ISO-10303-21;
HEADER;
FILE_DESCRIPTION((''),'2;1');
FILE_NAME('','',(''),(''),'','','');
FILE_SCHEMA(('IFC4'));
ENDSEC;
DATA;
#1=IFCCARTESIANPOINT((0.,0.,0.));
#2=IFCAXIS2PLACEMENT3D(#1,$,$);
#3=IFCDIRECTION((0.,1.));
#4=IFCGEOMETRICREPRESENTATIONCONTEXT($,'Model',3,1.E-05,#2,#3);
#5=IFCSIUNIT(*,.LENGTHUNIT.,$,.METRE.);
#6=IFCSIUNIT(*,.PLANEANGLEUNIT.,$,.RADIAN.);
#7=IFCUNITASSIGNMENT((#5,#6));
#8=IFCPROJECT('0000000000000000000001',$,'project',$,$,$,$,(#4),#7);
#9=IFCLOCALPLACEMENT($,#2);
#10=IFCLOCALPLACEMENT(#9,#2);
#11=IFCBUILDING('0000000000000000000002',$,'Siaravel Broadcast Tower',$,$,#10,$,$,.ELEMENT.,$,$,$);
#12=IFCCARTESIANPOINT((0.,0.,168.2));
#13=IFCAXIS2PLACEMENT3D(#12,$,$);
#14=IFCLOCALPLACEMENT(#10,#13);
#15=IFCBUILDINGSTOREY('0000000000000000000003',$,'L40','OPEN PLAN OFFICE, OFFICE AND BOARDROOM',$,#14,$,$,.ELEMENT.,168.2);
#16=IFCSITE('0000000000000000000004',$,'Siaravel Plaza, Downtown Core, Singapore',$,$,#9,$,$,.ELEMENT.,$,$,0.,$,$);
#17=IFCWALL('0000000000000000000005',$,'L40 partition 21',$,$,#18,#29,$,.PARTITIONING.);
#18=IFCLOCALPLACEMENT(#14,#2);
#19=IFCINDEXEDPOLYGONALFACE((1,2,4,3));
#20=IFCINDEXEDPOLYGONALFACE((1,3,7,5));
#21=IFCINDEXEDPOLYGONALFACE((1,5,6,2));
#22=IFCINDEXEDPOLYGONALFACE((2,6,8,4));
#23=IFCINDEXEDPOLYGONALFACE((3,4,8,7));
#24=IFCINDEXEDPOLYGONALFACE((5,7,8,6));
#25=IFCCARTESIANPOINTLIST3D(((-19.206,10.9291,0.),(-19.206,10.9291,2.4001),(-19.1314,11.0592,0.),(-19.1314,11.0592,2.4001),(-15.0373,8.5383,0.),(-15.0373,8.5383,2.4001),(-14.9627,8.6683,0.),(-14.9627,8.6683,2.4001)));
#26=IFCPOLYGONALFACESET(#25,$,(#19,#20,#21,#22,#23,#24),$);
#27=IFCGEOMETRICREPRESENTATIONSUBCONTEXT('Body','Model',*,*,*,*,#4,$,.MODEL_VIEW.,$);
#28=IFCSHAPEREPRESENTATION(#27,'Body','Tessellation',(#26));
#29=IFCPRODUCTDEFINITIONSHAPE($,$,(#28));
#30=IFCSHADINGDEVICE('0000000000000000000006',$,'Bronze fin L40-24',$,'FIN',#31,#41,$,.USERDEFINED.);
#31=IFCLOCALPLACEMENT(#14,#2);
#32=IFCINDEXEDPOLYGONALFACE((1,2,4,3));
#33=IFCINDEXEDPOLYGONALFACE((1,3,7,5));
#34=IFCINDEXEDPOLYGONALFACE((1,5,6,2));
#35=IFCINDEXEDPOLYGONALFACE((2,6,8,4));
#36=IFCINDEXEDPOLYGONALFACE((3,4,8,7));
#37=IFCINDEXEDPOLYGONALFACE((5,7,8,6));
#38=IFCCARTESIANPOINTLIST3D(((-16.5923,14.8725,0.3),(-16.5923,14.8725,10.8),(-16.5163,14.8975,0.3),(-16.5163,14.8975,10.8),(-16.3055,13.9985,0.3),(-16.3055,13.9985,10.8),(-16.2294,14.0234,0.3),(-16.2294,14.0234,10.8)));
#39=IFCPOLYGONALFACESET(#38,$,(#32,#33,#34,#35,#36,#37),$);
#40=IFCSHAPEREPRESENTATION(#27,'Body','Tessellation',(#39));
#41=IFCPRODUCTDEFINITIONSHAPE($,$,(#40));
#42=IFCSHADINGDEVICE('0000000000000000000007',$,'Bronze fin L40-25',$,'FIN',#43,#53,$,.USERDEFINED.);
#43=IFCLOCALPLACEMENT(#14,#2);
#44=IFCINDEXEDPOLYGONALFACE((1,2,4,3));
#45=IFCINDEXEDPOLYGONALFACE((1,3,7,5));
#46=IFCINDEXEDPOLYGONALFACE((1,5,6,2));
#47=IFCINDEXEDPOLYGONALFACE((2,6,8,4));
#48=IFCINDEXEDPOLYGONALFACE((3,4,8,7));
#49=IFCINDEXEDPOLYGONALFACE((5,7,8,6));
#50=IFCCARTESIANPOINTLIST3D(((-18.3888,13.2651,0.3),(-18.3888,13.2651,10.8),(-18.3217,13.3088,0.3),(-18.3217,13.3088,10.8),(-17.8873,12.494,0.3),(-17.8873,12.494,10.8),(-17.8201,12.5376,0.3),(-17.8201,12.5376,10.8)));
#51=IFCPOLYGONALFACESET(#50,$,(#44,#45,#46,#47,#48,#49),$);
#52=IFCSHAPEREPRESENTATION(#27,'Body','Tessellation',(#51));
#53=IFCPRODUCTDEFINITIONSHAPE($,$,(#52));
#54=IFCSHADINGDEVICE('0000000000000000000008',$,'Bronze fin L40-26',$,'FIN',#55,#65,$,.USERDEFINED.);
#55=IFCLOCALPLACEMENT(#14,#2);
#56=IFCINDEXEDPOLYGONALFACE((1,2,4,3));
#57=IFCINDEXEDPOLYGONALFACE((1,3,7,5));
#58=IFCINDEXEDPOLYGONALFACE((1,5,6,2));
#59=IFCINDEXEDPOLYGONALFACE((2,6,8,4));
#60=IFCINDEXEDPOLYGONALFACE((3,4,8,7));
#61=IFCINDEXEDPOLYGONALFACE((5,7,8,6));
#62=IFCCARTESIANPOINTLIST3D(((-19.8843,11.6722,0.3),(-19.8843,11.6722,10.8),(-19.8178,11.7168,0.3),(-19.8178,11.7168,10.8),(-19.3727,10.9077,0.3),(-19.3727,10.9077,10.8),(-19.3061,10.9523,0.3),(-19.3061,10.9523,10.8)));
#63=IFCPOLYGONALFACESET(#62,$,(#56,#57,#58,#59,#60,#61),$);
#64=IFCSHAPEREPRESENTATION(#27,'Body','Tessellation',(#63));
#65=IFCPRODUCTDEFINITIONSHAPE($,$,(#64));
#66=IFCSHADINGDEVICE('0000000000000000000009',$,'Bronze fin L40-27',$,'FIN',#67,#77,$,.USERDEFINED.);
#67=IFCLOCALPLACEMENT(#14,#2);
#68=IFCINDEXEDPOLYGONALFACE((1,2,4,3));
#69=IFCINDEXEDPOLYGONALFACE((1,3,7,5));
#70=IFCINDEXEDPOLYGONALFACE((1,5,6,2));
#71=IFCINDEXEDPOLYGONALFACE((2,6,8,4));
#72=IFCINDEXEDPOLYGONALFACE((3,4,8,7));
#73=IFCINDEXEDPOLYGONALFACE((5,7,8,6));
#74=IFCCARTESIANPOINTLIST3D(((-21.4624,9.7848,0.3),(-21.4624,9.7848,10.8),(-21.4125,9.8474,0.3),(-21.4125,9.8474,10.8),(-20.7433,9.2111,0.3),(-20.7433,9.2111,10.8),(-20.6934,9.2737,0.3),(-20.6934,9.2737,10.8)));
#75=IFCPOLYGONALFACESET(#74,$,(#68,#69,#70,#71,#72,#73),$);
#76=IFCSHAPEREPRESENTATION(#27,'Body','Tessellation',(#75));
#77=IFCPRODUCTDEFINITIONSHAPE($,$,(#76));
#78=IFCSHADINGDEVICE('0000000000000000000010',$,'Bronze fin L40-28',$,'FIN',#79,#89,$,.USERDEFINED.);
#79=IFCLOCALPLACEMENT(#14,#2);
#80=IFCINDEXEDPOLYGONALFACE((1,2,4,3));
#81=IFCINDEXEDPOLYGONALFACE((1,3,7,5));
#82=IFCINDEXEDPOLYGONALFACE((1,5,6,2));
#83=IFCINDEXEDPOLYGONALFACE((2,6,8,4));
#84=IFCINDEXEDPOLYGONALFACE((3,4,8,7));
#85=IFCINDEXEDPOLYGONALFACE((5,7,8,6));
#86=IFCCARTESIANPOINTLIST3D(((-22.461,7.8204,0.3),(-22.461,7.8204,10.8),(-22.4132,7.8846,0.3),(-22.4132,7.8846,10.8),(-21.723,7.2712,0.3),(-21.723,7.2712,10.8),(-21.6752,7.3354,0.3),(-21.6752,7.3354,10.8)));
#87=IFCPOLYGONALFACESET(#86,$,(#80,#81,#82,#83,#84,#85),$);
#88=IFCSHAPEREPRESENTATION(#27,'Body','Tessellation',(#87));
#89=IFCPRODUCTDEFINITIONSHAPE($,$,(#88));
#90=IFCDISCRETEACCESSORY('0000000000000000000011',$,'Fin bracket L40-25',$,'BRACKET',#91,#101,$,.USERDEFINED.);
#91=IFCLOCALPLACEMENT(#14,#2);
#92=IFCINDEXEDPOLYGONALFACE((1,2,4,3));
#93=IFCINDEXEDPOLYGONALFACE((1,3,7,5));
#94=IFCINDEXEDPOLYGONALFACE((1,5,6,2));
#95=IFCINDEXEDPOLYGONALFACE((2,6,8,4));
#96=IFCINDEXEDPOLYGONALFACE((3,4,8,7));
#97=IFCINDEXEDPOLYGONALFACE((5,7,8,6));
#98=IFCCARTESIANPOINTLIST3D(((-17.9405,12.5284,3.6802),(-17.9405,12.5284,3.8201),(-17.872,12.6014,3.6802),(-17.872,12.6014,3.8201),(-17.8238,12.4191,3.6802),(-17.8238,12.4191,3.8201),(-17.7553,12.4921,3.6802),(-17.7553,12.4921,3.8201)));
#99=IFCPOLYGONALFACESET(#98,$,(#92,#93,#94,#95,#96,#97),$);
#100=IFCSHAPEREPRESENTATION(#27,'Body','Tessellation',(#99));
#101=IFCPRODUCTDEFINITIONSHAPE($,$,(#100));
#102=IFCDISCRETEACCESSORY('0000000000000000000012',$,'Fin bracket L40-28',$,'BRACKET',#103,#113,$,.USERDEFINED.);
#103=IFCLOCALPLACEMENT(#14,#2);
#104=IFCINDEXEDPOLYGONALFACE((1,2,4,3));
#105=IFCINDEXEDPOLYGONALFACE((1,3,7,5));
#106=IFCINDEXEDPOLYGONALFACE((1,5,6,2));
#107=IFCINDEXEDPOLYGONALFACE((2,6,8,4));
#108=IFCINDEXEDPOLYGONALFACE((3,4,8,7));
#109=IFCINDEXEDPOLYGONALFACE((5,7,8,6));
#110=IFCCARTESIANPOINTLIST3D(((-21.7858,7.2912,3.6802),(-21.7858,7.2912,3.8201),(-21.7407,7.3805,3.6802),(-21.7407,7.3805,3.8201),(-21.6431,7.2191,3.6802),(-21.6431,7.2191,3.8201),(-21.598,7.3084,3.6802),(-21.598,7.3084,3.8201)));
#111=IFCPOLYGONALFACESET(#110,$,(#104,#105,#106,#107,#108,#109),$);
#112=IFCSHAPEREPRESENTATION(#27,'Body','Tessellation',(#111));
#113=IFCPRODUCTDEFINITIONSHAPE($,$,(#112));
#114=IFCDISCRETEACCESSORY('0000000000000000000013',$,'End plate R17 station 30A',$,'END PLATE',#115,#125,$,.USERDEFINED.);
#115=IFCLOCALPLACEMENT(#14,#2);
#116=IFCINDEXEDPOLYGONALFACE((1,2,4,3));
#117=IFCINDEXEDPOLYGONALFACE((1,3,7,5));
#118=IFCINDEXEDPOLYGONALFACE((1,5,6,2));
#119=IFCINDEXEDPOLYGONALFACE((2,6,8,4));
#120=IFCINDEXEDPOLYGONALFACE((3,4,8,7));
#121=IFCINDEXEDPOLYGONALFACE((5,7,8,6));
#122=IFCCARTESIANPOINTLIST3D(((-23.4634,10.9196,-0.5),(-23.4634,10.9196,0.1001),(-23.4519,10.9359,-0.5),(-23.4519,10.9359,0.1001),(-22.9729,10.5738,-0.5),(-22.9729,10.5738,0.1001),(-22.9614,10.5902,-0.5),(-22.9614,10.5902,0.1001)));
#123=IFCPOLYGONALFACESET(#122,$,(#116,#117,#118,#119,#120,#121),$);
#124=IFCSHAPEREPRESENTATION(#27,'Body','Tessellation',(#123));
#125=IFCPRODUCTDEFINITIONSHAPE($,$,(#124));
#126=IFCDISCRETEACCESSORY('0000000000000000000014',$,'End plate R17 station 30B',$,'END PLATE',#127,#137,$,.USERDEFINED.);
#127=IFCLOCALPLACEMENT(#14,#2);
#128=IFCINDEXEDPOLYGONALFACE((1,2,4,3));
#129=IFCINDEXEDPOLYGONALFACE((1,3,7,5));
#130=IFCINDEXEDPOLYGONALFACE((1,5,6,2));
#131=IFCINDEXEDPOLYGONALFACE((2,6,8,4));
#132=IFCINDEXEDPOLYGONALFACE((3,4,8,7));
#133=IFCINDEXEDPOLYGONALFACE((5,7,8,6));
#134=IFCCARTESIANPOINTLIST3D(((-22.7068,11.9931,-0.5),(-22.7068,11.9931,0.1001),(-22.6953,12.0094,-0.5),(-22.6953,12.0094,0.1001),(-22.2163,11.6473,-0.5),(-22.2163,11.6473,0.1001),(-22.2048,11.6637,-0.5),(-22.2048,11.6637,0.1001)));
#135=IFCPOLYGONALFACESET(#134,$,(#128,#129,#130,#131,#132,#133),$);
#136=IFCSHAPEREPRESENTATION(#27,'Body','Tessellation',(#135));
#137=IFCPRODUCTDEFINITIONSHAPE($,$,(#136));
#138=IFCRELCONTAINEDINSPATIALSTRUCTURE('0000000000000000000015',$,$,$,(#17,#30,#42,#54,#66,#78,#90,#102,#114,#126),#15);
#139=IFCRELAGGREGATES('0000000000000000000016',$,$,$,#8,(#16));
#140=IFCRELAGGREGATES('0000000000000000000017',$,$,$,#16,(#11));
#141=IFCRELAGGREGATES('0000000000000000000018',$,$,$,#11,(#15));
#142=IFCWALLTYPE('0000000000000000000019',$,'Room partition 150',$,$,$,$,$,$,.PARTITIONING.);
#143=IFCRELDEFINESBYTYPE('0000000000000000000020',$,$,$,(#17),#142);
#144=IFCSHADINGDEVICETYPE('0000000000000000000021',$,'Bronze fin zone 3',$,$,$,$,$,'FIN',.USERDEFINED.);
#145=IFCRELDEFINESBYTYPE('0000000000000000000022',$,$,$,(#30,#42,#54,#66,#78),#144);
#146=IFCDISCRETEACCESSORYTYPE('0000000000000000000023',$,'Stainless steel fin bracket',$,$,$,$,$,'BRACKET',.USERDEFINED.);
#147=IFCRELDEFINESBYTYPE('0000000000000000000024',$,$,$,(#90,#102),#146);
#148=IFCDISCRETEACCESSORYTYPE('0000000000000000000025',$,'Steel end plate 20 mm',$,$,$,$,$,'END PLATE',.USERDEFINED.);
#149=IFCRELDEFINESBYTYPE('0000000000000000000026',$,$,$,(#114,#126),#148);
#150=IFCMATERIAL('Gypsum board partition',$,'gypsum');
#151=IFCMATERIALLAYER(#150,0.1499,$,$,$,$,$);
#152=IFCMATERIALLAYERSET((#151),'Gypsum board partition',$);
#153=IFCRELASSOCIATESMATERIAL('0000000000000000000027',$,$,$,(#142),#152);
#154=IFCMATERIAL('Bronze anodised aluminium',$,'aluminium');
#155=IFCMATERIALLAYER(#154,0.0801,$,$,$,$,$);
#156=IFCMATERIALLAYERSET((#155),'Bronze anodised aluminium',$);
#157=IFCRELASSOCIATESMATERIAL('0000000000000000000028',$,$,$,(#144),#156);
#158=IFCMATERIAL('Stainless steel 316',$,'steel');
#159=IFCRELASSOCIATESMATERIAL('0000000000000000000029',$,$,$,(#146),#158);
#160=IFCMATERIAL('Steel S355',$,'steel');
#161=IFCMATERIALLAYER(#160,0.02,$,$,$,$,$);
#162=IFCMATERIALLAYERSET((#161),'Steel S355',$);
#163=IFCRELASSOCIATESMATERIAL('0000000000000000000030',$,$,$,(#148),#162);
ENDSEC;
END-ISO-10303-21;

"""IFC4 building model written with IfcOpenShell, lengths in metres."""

from ifc_helpers import new_model, si_unit, direction, frame, frame_2d, origin, origin_2d, place, context, subcontext, project, spatial, rectangle, extrude, material, layer, layer_set, type_object, element, save


model = new_model("IFC4")

# Units and contexts
model_context = context("Model", 3, precision=1e-05, world=origin(), true_north=direction((0.0, 1.0)))
body_context = subcontext(model_context, "Body", "Model", "MODEL_VIEW")
ifc_project = project(units=[si_unit("LENGTHUNIT", "METRE"), si_unit("PLANEANGLEUNIT", "RADIAN")], contexts=[model_context])

# Site, building, storey
site_placement = place(None, origin())
site = spatial("IfcSite", under=ifc_project, at=site_placement, Name="Siaravel Plaza, Downtown Core, Singapore", CompositionType="ELEMENT", RefElevation=0.0)
building_placement = place(site_placement, origin())
building = spatial("IfcBuilding", under=site, at=building_placement, Name="Siaravel Broadcast Tower", CompositionType="ELEMENT")
storey_placement = place(building_placement, frame((0.0, 0.0, 168.2)))
storey = spatial("IfcBuildingStorey", under=building, at=storey_placement, Name="L40", Description="OPEN PLAN OFFICE, OFFICE AND BOARDROOM", CompositionType="ELEMENT", Elevation=168.2)

# Shared definitions
ifc_material_1 = material(Name="Steel S355", Category="steel")

# Wall
ifc_material_2 = material(Name="Gypsum board partition", Category="gypsum")
ifc_layer_1 = layer(ifc_material_2, 0.1499)
ifc_layer_set_1 = layer_set([ifc_layer_1], Name="Gypsum board partition")
wall_type_1 = type_object("IfcWallType", Name="Room partition 150", PredefinedType="PARTITIONING", material=ifc_layer_set_1)
wall_1_placement = place(storey_placement, frame((-19.1687, 10.9941, 0.0), z_axis=(0.0, 0.0, 1.0), x_axis=(0.867457, -0.497512, 0.0)))
element("IfcWall", 1, at=wall_1_placement, inside=storey, type_object=wall_type_1, Name="L40 partition 21", PredefinedType="PARTITIONING", context=body_context, shape_type="SweptSolid", body=[
    extrude(rectangle(XDim=4.8057, YDim=0.1499, at=frame_2d((2.4028, 0.0))), origin(), (0.0, 0.0, 1.0), 2.4001),
])

# Shading devices
ifc_material_3 = material(Name="Bronze anodised aluminium", Category="aluminium")
ifc_layer_2 = layer(ifc_material_3, 0.0801)
ifc_layer_set_2 = layer_set([ifc_layer_2], Name="Bronze anodised aluminium")
shading_device_type = type_object("IfcShadingDeviceType", Name="Bronze fin zone 3", ElementType="FIN", PredefinedType="USERDEFINED", material=ifc_layer_set_2)
for number, where, z_axis, x_axis, name in (
    (2, (-16.4109, 14.448, 0.3), (0.0, 0.0, 1.0), (-0.311786, 0.950152, 0.0), "Bronze fin L40-24"),
    (3, (-18.1045, 12.9014, 0.3), (0.0, 0.0, 1.0), (-0.545229, 0.838287, 0.0), "Bronze fin L40-25"),
    (4, (-19.5952, 11.3123, 0.3), (0.0, 0.0, 1.0), (-0.556161, 0.831075, 0.0), "Bronze fin L40-26"),
    (5, (-21.0779, 9.5293, 0.3), (0.0, 0.0, 1.0), (-0.781709, 0.623644, 0.0), "Bronze fin L40-27"),
    (6, (-22.0681, 7.5779, 0.3), (0.0, 0.0, 1.0), (-0.802227, 0.597019, 0.0), "Bronze fin L40-28"),
):
    element("IfcShadingDevice", number, at=place(storey_placement, frame(where, z_axis=z_axis, x_axis=x_axis)), inside=storey, type_object=shading_device_type, Name=name, ObjectType="FIN", PredefinedType="USERDEFINED", context=body_context, shape_type="SweptSolid", body=[
        extrude(rectangle(XDim=0.9199, YDim=0.0801, at=origin_2d()), origin(), (0.0, 0.0, 1.0), 10.5),
    ])

# Discrete accessories
ifc_material_4 = material(Name="Stainless steel 316", Category="steel")
discrete_accessory_type_1 = type_object("IfcDiscreteAccessoryType", Name="Stainless steel fin bracket", ElementType="BRACKET", PredefinedType="USERDEFINED", material=ifc_material_4)
for number, where, z_axis, x_axis, name in (
    (7, (-17.8479, 12.5103, 3.6802), (0.0, 0.0, 1.0), (-0.729804, 0.683656, 0.0), "Fin bracket L40-25"),
    (8, (-21.6919, 7.2998, 3.6802), (0.0, 0.0, 1.0), (-0.892392, 0.451261, 0.0), "Fin bracket L40-28"),
):
    element("IfcDiscreteAccessory", number, at=place(storey_placement, frame(where, z_axis=z_axis, x_axis=x_axis)), inside=storey, type_object=discrete_accessory_type_1, Name=name, ObjectType="BRACKET", PredefinedType="USERDEFINED", context=body_context, shape_type="SweptSolid", body=[
        extrude(rectangle(XDim=0.1599, YDim=0.1001, at=origin_2d()), origin(), (0.0, 0.0, 1.0), 0.1399),
    ])
ifc_layer_3 = layer(ifc_material_1, 0.02)
ifc_layer_set_3 = layer_set([ifc_layer_3], Name="Steel S355")
discrete_accessory_type_2 = type_object("IfcDiscreteAccessoryType", Name="Steel end plate 20 mm", ElementType="END PLATE", PredefinedType="USERDEFINED", material=ifc_layer_set_3)
for number, where, z_axis, x_axis, name in (
    (9, (-23.2124, 10.7549, -0.5), (0.0, 0.0, 1.0), (-0.576119, -0.817366, 0.0), "End plate R17 station 30A"),
    (10, (-22.4558, 11.8284, -0.5), (0.0, 0.0, 1.0), (-0.576119, -0.817366, 0.0), "End plate R17 station 30B"),
):
    element("IfcDiscreteAccessory", number, at=place(storey_placement, frame(where, z_axis=z_axis, x_axis=x_axis)), inside=storey, type_object=discrete_accessory_type_2, Name=name, ObjectType="END PLATE", PredefinedType="USERDEFINED", context=body_context, shape_type="SweptSolid", body=[
        extrude(rectangle(XDim=0.02, YDim=0.6001, at=origin_2d()), origin(), (0.0, 0.0, 1.0), 0.6001),
    ])

save(model, "model.ifc")
